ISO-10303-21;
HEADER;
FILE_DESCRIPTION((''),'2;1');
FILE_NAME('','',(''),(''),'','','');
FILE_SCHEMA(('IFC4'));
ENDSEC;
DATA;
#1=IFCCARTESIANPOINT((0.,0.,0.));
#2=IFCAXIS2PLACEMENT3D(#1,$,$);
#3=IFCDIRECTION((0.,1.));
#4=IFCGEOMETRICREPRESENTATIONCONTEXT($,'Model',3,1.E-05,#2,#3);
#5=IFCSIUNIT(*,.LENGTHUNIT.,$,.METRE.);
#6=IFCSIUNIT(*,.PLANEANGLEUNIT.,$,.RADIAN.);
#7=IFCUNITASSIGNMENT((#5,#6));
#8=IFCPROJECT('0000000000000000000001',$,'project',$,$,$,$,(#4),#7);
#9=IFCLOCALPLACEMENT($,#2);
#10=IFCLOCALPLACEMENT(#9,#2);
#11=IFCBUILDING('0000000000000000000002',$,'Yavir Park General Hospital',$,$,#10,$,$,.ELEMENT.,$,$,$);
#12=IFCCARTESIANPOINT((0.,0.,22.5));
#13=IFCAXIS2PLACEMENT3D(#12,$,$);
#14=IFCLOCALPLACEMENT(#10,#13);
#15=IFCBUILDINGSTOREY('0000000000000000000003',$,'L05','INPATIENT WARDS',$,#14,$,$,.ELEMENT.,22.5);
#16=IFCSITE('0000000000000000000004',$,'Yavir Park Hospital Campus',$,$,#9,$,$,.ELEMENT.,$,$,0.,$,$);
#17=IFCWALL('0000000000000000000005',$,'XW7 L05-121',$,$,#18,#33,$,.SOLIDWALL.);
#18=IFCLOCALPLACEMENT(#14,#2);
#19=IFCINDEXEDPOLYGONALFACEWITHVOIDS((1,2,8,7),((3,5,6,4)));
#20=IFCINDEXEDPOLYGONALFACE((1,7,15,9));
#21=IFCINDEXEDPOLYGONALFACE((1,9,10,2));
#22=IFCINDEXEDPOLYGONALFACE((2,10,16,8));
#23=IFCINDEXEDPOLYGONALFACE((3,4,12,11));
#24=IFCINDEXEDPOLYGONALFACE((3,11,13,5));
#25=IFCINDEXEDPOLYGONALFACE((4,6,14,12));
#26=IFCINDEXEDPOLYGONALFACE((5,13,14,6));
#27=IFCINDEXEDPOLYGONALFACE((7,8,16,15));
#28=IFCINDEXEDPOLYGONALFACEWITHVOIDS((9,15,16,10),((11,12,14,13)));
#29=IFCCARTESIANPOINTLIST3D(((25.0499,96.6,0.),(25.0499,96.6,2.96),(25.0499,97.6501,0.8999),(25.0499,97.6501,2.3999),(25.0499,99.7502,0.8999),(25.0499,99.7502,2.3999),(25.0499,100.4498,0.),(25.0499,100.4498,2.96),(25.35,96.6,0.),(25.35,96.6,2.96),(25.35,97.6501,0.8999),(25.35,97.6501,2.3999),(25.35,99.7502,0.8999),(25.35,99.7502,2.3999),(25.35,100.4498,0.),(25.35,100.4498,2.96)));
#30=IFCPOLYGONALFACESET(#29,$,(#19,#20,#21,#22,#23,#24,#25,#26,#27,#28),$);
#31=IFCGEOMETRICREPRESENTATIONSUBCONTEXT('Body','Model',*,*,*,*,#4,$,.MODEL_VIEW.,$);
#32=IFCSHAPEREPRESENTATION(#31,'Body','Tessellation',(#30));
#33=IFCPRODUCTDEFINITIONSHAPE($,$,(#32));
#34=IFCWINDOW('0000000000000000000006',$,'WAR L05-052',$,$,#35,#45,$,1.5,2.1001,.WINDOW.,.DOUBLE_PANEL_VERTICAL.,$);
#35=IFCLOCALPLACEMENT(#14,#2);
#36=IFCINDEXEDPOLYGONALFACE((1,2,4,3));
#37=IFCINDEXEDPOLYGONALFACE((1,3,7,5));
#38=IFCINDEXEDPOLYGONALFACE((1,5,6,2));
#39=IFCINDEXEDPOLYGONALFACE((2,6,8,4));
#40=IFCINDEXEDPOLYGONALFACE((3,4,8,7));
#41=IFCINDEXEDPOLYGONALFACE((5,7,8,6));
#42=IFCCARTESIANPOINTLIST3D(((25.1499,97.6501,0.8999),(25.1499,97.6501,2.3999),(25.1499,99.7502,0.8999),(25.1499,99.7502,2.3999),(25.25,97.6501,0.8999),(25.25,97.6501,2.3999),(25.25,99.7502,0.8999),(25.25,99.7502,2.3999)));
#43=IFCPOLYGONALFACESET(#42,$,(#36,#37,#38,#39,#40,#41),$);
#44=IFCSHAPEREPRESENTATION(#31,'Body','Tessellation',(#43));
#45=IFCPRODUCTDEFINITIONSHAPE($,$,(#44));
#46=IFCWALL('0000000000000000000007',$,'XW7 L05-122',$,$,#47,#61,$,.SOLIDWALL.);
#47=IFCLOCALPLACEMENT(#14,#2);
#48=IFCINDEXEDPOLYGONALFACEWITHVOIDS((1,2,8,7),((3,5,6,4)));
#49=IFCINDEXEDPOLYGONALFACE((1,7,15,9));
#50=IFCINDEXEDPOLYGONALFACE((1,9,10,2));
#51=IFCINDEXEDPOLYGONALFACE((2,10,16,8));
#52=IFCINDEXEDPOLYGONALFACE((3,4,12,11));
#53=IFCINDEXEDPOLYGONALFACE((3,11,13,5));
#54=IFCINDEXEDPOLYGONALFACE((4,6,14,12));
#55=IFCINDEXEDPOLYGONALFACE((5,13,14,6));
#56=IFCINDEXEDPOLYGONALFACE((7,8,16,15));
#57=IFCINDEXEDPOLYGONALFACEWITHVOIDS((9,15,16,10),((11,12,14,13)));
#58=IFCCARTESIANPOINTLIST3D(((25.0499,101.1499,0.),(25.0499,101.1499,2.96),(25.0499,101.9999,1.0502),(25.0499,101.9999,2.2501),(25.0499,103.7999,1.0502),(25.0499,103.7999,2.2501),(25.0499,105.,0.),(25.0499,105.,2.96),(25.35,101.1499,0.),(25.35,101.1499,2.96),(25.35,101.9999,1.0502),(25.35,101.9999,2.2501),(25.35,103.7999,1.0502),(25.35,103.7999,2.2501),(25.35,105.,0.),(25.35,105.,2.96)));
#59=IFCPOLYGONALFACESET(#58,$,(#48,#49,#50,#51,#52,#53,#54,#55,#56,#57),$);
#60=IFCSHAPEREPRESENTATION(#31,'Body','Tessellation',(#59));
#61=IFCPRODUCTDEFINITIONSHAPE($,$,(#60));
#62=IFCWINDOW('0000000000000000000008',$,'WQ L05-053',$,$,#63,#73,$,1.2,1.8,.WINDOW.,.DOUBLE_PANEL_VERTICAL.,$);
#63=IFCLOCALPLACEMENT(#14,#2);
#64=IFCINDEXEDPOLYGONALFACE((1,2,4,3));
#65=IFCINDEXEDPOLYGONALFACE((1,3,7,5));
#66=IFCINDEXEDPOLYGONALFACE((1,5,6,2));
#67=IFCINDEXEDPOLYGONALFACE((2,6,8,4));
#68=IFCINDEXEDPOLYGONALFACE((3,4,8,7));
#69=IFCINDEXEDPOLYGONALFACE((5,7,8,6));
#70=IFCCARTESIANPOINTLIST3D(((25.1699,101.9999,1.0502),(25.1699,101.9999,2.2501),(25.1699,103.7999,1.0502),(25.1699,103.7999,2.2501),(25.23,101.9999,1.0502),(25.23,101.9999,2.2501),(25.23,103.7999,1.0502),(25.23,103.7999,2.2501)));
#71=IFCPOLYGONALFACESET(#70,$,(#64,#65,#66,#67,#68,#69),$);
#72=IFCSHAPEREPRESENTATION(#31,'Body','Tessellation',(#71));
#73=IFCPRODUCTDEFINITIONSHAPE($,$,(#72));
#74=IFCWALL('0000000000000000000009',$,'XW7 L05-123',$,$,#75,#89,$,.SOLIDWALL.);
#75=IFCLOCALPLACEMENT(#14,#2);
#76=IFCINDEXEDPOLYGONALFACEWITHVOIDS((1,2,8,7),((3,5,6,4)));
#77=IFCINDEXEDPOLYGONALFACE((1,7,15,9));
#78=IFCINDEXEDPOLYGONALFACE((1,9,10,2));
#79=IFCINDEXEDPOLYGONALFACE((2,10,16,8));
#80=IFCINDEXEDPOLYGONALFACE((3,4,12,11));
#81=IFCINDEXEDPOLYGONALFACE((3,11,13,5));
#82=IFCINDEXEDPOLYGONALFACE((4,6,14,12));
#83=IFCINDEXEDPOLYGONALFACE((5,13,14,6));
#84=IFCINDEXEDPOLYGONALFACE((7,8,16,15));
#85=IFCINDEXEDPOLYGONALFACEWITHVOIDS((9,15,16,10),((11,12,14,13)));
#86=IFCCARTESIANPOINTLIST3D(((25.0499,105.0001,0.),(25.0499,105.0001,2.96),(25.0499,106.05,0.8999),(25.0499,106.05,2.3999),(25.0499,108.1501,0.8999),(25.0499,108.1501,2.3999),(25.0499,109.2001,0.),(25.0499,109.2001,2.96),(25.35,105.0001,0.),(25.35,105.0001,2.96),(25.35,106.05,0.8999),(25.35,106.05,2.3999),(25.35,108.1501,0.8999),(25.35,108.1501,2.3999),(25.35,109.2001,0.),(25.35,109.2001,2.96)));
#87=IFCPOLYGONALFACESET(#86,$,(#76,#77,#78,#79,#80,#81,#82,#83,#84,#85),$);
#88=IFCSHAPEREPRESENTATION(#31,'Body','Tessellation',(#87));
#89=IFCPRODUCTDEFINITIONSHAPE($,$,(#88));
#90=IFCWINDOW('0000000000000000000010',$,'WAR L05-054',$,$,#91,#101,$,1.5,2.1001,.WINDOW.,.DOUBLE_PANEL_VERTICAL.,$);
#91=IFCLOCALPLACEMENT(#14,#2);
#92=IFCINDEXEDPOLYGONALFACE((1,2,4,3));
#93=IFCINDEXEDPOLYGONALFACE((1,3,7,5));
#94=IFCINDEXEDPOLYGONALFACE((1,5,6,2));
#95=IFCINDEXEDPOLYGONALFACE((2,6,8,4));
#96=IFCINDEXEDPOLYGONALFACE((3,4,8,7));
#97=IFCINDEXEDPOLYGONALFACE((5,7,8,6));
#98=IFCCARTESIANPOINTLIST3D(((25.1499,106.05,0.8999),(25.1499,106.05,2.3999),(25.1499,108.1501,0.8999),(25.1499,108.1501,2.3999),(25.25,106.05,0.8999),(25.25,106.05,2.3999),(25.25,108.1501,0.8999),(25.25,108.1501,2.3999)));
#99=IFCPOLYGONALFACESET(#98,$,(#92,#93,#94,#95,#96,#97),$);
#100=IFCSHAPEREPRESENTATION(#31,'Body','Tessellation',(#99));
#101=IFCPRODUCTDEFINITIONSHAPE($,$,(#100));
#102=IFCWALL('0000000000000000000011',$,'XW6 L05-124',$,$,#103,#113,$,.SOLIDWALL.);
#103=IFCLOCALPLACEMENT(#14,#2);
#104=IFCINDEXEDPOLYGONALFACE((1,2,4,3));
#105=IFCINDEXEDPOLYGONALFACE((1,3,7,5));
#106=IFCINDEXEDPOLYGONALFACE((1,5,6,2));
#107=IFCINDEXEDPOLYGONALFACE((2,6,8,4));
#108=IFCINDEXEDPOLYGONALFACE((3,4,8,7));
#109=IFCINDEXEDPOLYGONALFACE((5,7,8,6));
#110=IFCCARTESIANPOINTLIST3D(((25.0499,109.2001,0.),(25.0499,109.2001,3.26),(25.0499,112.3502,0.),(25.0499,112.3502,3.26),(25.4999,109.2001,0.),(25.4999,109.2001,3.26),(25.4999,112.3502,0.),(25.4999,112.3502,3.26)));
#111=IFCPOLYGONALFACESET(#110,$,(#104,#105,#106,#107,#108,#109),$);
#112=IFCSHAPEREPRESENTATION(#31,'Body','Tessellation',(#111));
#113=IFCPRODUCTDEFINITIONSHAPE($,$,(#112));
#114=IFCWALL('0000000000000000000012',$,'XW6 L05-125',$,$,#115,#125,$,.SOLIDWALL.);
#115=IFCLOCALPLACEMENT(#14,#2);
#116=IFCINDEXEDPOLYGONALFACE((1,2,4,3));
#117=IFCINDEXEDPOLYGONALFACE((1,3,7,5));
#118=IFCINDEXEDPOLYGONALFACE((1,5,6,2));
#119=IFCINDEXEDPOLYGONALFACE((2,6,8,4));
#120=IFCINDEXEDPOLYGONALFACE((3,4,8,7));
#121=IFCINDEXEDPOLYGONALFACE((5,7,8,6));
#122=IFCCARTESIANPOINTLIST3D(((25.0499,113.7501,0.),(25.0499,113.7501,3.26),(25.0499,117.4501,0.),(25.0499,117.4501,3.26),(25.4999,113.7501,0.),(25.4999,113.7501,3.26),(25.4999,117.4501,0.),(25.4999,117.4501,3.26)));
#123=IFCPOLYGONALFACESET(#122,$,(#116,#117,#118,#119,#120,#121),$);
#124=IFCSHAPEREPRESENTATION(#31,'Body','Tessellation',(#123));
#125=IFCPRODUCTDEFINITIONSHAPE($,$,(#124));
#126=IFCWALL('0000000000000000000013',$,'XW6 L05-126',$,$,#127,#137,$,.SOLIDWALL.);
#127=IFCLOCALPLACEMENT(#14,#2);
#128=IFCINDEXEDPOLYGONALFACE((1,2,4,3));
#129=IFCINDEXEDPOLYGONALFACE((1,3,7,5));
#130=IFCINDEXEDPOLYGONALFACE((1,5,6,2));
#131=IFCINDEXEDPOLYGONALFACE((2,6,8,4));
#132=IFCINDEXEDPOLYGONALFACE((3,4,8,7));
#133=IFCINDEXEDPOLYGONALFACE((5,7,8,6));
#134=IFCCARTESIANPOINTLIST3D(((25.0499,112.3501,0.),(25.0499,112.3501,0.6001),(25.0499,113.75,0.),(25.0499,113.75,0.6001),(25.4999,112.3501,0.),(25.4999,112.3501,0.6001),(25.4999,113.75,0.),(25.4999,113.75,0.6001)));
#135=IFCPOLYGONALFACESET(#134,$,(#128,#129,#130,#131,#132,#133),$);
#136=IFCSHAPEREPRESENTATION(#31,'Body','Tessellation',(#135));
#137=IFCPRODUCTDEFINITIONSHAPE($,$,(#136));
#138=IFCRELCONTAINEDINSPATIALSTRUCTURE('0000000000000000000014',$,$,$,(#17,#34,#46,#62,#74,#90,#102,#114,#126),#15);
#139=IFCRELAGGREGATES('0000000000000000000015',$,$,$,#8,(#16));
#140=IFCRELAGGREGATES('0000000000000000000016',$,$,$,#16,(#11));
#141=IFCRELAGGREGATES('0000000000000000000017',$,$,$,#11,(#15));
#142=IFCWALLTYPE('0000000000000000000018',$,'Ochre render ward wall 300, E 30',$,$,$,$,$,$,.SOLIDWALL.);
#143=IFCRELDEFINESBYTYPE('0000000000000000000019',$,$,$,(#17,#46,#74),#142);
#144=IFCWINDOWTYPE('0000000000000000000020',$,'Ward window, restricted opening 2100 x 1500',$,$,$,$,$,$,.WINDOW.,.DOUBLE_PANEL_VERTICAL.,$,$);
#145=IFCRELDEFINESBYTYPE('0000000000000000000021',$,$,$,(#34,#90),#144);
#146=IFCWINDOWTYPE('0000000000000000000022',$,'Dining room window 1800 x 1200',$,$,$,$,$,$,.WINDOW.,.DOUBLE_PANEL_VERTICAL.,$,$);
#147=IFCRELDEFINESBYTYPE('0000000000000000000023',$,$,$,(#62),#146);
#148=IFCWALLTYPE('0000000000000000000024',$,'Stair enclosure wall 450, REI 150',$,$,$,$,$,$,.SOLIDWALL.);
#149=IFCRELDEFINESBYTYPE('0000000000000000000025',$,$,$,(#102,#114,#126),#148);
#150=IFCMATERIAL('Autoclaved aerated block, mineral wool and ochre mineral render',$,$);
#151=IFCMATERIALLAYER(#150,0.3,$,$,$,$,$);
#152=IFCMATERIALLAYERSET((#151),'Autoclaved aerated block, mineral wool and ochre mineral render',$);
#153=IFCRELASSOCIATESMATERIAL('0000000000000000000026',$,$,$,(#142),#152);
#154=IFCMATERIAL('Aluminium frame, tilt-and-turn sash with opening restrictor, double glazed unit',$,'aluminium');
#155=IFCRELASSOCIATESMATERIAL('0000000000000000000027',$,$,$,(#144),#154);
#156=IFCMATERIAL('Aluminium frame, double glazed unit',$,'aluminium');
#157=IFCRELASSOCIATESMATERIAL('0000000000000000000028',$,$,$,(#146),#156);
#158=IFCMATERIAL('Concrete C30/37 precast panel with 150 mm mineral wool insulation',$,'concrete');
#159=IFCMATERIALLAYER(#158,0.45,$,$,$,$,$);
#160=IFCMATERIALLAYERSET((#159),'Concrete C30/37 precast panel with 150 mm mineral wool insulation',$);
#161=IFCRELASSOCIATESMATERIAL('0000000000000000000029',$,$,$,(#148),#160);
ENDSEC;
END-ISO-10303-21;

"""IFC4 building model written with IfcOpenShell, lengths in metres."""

from ifc_helpers import new_model, si_unit, direction, frame, frame_2d, origin, place, context, subcontext, project, spatial, rectangle, extrude, material, layer, layer_set, type_object, element, fill, save


model = new_model("IFC4")

# Units and contexts
model_context = context("Model", 3, precision=1e-05, world=origin(), true_north=direction((0.0, 1.0)))
body_context = subcontext(model_context, "Body", "Model", "MODEL_VIEW")
ifc_project = project(units=[si_unit("LENGTHUNIT", "METRE"), si_unit("PLANEANGLEUNIT", "RADIAN")], contexts=[model_context])

# Site, building, storey
site_placement = place(None, origin())
site = spatial("IfcSite", under=ifc_project, at=site_placement, Name="Yavir Park Hospital Campus", CompositionType="ELEMENT", RefElevation=0.0)
building_placement = place(site_placement, origin())
building = spatial("IfcBuilding", under=site, at=building_placement, Name="Yavir Park General Hospital", CompositionType="ELEMENT")
storey_placement = place(building_placement, frame((0.0, 0.0, 22.5)))
storey = spatial("IfcBuildingStorey", under=building, at=storey_placement, Name="L05", Description="INPATIENT WARDS", CompositionType="ELEMENT", Elevation=22.5)

# Walls, openings, windows
ifc_material_1 = material(Name="Autoclaved aerated block, mineral wool and ochre mineral render")
ifc_layer_1 = layer(ifc_material_1, 0.3)
ifc_layer_set_1 = layer_set([ifc_layer_1], Name="Autoclaved aerated block, mineral wool and ochre mineral render")
wall_type_1 = type_object("IfcWallType", Name="Ochre render ward wall 300, E 30", PredefinedType="SOLIDWALL", material=ifc_layer_set_1)
ifc_material_2 = material(Name="Aluminium frame, tilt-and-turn sash with opening restrictor, double glazed unit", Category="aluminium")
window_type_1 = type_object("IfcWindowType", Name="Ward window, restricted opening 2100 x 1500", PartitioningType="DOUBLE_PANEL_VERTICAL", PredefinedType="WINDOW", material=ifc_material_2)
wall_1_placement = place(storey_placement, frame((25.2, 96.6001, 0.0), z_axis=(0.0, 0.0, 1.0), x_axis=(0.0, 1.0, 0.0)))
wall_1 = element("IfcWall", 1, at=wall_1_placement, inside=storey, type_object=wall_type_1, Name="XW7 L05-121", PredefinedType="SOLIDWALL", context=body_context, shape_type="SweptSolid", body=[
    extrude(rectangle(XDim=3.8499, YDim=0.3, at=frame_2d((1.9248, 0.0))), origin(), (0.0, 0.0, 1.0), 2.96),
])
opening_1_placement = place(wall_1_placement, frame((1.05, 0.0, 0.8999)))
opening_1 = element("IfcOpeningElement", 2, at=opening_1_placement, cuts=wall_1, PredefinedType="OPENING", context=body_context, shape_type="SweptSolid", body=[
    extrude(rectangle(XDim=2.1001, YDim=1.5, at=frame_2d((1.05, 0.75))), frame((0.0, 0.1599, 0.0), z_axis=(0.0, -1.0, 0.0), x_axis=(1.0, 0.0, 0.0)), (0.0, 0.0, 1.0), 0.3201),
])
window_1_placement = place(opening_1_placement, origin())
window_1 = element("IfcWindow", 3, at=window_1_placement, inside=storey, type_object=window_type_1, Name="WAR L05-052", OverallHeight=1.5, OverallWidth=2.1001, PartitioningType="DOUBLE_PANEL_VERTICAL", PredefinedType="WINDOW", context=body_context, shape_type="SweptSolid", body=[
    extrude(rectangle(XDim=2.1001, YDim=1.5, at=frame_2d((1.05, 0.75))), frame((0.0, 0.05, 0.0), z_axis=(0.0, -1.0, 0.0), x_axis=(1.0, 0.0, 0.0)), (0.0, 0.0, 1.0), 0.1001),
])
fill(opening_1, window_1)
wall_2_placement = place(storey_placement, frame((25.2, 101.1499, 0.0), z_axis=(0.0, 0.0, 1.0), x_axis=(0.0, 1.0, 0.0)))
wall_2 = element("IfcWall", 4, at=wall_2_placement, inside=storey, type_object=wall_type_1, Name="XW7 L05-122", PredefinedType="SOLIDWALL", context=body_context, shape_type="SweptSolid", body=[
    extrude(rectangle(XDim=3.8501, YDim=0.3, at=frame_2d((1.925, 0.0))), origin(), (0.0, 0.0, 1.0), 2.96),
])
opening_2_placement = place(wall_2_placement, frame((0.8501, 0.0, 1.05)))
opening_2 = element("IfcOpeningElement", 5, at=opening_2_placement, cuts=wall_2, PredefinedType="OPENING", context=body_context, shape_type="SweptSolid", body=[
    extrude(rectangle(XDim=1.8, YDim=1.2, at=frame_2d((0.8999, 0.6001))), frame((0.0, 0.1599, 0.0), z_axis=(0.0, -1.0, 0.0), x_axis=(1.0, 0.0, 0.0)), (0.0, 0.0, 1.0), 0.3201),
])
ifc_material_3 = material(Name="Aluminium frame, double glazed unit", Category="aluminium")
window_type_2 = type_object("IfcWindowType", Name="Dining room window 1800 x 1200", PartitioningType="DOUBLE_PANEL_VERTICAL", PredefinedType="WINDOW", material=ifc_material_3)
window_2_placement = place(opening_2_placement, origin())
window_2 = element("IfcWindow", 6, at=window_2_placement, inside=storey, type_object=window_type_2, Name="WQ L05-053", OverallHeight=1.2, OverallWidth=1.8, PartitioningType="DOUBLE_PANEL_VERTICAL", PredefinedType="WINDOW", context=body_context, shape_type="SweptSolid", body=[
    extrude(rectangle(XDim=1.8, YDim=1.2, at=frame_2d((0.8999, 0.6001))), frame((0.0, 0.03, 0.0), z_axis=(0.0, -1.0, 0.0), x_axis=(1.0, 0.0, 0.0)), (0.0, 0.0, 1.0), 0.0601),
])
fill(opening_2, window_2)
wall_3_placement = place(storey_placement, frame((25.2, 105.0, 0.0), z_axis=(0.0, 0.0, 1.0), x_axis=(0.0, 1.0, 0.0)))
wall_3 = element("IfcWall", 7, at=wall_3_placement, inside=storey, type_object=wall_type_1, Name="XW7 L05-123", PredefinedType="SOLIDWALL", context=body_context, shape_type="SweptSolid", body=[
    extrude(rectangle(XDim=4.2, YDim=0.3, at=frame_2d((2.1001, 0.0))), origin(), (0.0, 0.0, 1.0), 2.96),
])
opening_3_placement = place(wall_3_placement, frame((1.05, 0.0, 0.8999)))
opening_3 = element("IfcOpeningElement", 8, at=opening_3_placement, cuts=wall_3, PredefinedType="OPENING", context=body_context, shape_type="SweptSolid", body=[
    extrude(rectangle(XDim=2.1001, YDim=1.5, at=frame_2d((1.05, 0.75))), frame((0.0, 0.1599, 0.0), z_axis=(0.0, -1.0, 0.0), x_axis=(1.0, 0.0, 0.0)), (0.0, 0.0, 1.0), 0.3201),
])
window_3_placement = place(opening_3_placement, origin())
window_3 = element("IfcWindow", 9, at=window_3_placement, inside=storey, type_object=window_type_1, Name="WAR L05-054", OverallHeight=1.5, OverallWidth=2.1001, PartitioningType="DOUBLE_PANEL_VERTICAL", PredefinedType="WINDOW", context=body_context, shape_type="SweptSolid", body=[
    extrude(rectangle(XDim=2.1001, YDim=1.5, at=frame_2d((1.05, 0.75))), frame((0.0, 0.05, 0.0), z_axis=(0.0, -1.0, 0.0), x_axis=(1.0, 0.0, 0.0)), (0.0, 0.0, 1.0), 0.1001),
])
fill(opening_3, window_3)

# Walls
ifc_material_4 = material(Name="Concrete C30/37 precast panel with 150 mm mineral wool insulation", Category="concrete")
ifc_layer_2 = layer(ifc_material_4, 0.45)
ifc_layer_set_2 = layer_set([ifc_layer_2], Name="Concrete C30/37 precast panel with 150 mm mineral wool insulation")
wall_type_2 = type_object("IfcWallType", Name="Stair enclosure wall 450, REI 150", PredefinedType="SOLIDWALL", material=ifc_layer_set_2)
wall_4_placement = place(storey_placement, frame((25.2749, 109.2, 0.0), z_axis=(0.0, 0.0, 1.0), x_axis=(0.0, 1.0, 0.0)))
element("IfcWall", 10, at=wall_4_placement, inside=storey, type_object=wall_type_2, Name="XW6 L05-124", PredefinedType="SOLIDWALL", context=body_context, shape_type="SweptSolid", body=[
    extrude(rectangle(XDim=3.1501, YDim=0.45, at=frame_2d((1.5752, 0.0))), origin(), (0.0, 0.0, 1.0), 3.26),
])
wall_5_placement = place(storey_placement, frame((25.2749, 113.75, 0.0), z_axis=(0.0, 0.0, 1.0), x_axis=(0.0, 1.0, 0.0)))
element("IfcWall", 11, at=wall_5_placement, inside=storey, type_object=wall_type_2, Name="XW6 L05-125", PredefinedType="SOLIDWALL", context=body_context, shape_type="SweptSolid", body=[
    extrude(rectangle(XDim=3.7, YDim=0.45, at=frame_2d((1.8501, 0.0))), origin(), (0.0, 0.0, 1.0), 3.26),
])
wall_6_placement = place(storey_placement, frame((25.2749, 112.3501, 0.0), z_axis=(0.0, 0.0, 1.0), x_axis=(0.0, 1.0, 0.0)))
element("IfcWall", 12, at=wall_6_placement, inside=storey, type_object=wall_type_2, Name="XW6 L05-126", PredefinedType="SOLIDWALL", context=body_context, shape_type="SweptSolid", body=[
    extrude(rectangle(XDim=1.3999, YDim=0.45, at=frame_2d((0.7, 0.0))), origin(), (0.0, 0.0, 1.0), 0.6001),
])

save(model, "model.ifc")
